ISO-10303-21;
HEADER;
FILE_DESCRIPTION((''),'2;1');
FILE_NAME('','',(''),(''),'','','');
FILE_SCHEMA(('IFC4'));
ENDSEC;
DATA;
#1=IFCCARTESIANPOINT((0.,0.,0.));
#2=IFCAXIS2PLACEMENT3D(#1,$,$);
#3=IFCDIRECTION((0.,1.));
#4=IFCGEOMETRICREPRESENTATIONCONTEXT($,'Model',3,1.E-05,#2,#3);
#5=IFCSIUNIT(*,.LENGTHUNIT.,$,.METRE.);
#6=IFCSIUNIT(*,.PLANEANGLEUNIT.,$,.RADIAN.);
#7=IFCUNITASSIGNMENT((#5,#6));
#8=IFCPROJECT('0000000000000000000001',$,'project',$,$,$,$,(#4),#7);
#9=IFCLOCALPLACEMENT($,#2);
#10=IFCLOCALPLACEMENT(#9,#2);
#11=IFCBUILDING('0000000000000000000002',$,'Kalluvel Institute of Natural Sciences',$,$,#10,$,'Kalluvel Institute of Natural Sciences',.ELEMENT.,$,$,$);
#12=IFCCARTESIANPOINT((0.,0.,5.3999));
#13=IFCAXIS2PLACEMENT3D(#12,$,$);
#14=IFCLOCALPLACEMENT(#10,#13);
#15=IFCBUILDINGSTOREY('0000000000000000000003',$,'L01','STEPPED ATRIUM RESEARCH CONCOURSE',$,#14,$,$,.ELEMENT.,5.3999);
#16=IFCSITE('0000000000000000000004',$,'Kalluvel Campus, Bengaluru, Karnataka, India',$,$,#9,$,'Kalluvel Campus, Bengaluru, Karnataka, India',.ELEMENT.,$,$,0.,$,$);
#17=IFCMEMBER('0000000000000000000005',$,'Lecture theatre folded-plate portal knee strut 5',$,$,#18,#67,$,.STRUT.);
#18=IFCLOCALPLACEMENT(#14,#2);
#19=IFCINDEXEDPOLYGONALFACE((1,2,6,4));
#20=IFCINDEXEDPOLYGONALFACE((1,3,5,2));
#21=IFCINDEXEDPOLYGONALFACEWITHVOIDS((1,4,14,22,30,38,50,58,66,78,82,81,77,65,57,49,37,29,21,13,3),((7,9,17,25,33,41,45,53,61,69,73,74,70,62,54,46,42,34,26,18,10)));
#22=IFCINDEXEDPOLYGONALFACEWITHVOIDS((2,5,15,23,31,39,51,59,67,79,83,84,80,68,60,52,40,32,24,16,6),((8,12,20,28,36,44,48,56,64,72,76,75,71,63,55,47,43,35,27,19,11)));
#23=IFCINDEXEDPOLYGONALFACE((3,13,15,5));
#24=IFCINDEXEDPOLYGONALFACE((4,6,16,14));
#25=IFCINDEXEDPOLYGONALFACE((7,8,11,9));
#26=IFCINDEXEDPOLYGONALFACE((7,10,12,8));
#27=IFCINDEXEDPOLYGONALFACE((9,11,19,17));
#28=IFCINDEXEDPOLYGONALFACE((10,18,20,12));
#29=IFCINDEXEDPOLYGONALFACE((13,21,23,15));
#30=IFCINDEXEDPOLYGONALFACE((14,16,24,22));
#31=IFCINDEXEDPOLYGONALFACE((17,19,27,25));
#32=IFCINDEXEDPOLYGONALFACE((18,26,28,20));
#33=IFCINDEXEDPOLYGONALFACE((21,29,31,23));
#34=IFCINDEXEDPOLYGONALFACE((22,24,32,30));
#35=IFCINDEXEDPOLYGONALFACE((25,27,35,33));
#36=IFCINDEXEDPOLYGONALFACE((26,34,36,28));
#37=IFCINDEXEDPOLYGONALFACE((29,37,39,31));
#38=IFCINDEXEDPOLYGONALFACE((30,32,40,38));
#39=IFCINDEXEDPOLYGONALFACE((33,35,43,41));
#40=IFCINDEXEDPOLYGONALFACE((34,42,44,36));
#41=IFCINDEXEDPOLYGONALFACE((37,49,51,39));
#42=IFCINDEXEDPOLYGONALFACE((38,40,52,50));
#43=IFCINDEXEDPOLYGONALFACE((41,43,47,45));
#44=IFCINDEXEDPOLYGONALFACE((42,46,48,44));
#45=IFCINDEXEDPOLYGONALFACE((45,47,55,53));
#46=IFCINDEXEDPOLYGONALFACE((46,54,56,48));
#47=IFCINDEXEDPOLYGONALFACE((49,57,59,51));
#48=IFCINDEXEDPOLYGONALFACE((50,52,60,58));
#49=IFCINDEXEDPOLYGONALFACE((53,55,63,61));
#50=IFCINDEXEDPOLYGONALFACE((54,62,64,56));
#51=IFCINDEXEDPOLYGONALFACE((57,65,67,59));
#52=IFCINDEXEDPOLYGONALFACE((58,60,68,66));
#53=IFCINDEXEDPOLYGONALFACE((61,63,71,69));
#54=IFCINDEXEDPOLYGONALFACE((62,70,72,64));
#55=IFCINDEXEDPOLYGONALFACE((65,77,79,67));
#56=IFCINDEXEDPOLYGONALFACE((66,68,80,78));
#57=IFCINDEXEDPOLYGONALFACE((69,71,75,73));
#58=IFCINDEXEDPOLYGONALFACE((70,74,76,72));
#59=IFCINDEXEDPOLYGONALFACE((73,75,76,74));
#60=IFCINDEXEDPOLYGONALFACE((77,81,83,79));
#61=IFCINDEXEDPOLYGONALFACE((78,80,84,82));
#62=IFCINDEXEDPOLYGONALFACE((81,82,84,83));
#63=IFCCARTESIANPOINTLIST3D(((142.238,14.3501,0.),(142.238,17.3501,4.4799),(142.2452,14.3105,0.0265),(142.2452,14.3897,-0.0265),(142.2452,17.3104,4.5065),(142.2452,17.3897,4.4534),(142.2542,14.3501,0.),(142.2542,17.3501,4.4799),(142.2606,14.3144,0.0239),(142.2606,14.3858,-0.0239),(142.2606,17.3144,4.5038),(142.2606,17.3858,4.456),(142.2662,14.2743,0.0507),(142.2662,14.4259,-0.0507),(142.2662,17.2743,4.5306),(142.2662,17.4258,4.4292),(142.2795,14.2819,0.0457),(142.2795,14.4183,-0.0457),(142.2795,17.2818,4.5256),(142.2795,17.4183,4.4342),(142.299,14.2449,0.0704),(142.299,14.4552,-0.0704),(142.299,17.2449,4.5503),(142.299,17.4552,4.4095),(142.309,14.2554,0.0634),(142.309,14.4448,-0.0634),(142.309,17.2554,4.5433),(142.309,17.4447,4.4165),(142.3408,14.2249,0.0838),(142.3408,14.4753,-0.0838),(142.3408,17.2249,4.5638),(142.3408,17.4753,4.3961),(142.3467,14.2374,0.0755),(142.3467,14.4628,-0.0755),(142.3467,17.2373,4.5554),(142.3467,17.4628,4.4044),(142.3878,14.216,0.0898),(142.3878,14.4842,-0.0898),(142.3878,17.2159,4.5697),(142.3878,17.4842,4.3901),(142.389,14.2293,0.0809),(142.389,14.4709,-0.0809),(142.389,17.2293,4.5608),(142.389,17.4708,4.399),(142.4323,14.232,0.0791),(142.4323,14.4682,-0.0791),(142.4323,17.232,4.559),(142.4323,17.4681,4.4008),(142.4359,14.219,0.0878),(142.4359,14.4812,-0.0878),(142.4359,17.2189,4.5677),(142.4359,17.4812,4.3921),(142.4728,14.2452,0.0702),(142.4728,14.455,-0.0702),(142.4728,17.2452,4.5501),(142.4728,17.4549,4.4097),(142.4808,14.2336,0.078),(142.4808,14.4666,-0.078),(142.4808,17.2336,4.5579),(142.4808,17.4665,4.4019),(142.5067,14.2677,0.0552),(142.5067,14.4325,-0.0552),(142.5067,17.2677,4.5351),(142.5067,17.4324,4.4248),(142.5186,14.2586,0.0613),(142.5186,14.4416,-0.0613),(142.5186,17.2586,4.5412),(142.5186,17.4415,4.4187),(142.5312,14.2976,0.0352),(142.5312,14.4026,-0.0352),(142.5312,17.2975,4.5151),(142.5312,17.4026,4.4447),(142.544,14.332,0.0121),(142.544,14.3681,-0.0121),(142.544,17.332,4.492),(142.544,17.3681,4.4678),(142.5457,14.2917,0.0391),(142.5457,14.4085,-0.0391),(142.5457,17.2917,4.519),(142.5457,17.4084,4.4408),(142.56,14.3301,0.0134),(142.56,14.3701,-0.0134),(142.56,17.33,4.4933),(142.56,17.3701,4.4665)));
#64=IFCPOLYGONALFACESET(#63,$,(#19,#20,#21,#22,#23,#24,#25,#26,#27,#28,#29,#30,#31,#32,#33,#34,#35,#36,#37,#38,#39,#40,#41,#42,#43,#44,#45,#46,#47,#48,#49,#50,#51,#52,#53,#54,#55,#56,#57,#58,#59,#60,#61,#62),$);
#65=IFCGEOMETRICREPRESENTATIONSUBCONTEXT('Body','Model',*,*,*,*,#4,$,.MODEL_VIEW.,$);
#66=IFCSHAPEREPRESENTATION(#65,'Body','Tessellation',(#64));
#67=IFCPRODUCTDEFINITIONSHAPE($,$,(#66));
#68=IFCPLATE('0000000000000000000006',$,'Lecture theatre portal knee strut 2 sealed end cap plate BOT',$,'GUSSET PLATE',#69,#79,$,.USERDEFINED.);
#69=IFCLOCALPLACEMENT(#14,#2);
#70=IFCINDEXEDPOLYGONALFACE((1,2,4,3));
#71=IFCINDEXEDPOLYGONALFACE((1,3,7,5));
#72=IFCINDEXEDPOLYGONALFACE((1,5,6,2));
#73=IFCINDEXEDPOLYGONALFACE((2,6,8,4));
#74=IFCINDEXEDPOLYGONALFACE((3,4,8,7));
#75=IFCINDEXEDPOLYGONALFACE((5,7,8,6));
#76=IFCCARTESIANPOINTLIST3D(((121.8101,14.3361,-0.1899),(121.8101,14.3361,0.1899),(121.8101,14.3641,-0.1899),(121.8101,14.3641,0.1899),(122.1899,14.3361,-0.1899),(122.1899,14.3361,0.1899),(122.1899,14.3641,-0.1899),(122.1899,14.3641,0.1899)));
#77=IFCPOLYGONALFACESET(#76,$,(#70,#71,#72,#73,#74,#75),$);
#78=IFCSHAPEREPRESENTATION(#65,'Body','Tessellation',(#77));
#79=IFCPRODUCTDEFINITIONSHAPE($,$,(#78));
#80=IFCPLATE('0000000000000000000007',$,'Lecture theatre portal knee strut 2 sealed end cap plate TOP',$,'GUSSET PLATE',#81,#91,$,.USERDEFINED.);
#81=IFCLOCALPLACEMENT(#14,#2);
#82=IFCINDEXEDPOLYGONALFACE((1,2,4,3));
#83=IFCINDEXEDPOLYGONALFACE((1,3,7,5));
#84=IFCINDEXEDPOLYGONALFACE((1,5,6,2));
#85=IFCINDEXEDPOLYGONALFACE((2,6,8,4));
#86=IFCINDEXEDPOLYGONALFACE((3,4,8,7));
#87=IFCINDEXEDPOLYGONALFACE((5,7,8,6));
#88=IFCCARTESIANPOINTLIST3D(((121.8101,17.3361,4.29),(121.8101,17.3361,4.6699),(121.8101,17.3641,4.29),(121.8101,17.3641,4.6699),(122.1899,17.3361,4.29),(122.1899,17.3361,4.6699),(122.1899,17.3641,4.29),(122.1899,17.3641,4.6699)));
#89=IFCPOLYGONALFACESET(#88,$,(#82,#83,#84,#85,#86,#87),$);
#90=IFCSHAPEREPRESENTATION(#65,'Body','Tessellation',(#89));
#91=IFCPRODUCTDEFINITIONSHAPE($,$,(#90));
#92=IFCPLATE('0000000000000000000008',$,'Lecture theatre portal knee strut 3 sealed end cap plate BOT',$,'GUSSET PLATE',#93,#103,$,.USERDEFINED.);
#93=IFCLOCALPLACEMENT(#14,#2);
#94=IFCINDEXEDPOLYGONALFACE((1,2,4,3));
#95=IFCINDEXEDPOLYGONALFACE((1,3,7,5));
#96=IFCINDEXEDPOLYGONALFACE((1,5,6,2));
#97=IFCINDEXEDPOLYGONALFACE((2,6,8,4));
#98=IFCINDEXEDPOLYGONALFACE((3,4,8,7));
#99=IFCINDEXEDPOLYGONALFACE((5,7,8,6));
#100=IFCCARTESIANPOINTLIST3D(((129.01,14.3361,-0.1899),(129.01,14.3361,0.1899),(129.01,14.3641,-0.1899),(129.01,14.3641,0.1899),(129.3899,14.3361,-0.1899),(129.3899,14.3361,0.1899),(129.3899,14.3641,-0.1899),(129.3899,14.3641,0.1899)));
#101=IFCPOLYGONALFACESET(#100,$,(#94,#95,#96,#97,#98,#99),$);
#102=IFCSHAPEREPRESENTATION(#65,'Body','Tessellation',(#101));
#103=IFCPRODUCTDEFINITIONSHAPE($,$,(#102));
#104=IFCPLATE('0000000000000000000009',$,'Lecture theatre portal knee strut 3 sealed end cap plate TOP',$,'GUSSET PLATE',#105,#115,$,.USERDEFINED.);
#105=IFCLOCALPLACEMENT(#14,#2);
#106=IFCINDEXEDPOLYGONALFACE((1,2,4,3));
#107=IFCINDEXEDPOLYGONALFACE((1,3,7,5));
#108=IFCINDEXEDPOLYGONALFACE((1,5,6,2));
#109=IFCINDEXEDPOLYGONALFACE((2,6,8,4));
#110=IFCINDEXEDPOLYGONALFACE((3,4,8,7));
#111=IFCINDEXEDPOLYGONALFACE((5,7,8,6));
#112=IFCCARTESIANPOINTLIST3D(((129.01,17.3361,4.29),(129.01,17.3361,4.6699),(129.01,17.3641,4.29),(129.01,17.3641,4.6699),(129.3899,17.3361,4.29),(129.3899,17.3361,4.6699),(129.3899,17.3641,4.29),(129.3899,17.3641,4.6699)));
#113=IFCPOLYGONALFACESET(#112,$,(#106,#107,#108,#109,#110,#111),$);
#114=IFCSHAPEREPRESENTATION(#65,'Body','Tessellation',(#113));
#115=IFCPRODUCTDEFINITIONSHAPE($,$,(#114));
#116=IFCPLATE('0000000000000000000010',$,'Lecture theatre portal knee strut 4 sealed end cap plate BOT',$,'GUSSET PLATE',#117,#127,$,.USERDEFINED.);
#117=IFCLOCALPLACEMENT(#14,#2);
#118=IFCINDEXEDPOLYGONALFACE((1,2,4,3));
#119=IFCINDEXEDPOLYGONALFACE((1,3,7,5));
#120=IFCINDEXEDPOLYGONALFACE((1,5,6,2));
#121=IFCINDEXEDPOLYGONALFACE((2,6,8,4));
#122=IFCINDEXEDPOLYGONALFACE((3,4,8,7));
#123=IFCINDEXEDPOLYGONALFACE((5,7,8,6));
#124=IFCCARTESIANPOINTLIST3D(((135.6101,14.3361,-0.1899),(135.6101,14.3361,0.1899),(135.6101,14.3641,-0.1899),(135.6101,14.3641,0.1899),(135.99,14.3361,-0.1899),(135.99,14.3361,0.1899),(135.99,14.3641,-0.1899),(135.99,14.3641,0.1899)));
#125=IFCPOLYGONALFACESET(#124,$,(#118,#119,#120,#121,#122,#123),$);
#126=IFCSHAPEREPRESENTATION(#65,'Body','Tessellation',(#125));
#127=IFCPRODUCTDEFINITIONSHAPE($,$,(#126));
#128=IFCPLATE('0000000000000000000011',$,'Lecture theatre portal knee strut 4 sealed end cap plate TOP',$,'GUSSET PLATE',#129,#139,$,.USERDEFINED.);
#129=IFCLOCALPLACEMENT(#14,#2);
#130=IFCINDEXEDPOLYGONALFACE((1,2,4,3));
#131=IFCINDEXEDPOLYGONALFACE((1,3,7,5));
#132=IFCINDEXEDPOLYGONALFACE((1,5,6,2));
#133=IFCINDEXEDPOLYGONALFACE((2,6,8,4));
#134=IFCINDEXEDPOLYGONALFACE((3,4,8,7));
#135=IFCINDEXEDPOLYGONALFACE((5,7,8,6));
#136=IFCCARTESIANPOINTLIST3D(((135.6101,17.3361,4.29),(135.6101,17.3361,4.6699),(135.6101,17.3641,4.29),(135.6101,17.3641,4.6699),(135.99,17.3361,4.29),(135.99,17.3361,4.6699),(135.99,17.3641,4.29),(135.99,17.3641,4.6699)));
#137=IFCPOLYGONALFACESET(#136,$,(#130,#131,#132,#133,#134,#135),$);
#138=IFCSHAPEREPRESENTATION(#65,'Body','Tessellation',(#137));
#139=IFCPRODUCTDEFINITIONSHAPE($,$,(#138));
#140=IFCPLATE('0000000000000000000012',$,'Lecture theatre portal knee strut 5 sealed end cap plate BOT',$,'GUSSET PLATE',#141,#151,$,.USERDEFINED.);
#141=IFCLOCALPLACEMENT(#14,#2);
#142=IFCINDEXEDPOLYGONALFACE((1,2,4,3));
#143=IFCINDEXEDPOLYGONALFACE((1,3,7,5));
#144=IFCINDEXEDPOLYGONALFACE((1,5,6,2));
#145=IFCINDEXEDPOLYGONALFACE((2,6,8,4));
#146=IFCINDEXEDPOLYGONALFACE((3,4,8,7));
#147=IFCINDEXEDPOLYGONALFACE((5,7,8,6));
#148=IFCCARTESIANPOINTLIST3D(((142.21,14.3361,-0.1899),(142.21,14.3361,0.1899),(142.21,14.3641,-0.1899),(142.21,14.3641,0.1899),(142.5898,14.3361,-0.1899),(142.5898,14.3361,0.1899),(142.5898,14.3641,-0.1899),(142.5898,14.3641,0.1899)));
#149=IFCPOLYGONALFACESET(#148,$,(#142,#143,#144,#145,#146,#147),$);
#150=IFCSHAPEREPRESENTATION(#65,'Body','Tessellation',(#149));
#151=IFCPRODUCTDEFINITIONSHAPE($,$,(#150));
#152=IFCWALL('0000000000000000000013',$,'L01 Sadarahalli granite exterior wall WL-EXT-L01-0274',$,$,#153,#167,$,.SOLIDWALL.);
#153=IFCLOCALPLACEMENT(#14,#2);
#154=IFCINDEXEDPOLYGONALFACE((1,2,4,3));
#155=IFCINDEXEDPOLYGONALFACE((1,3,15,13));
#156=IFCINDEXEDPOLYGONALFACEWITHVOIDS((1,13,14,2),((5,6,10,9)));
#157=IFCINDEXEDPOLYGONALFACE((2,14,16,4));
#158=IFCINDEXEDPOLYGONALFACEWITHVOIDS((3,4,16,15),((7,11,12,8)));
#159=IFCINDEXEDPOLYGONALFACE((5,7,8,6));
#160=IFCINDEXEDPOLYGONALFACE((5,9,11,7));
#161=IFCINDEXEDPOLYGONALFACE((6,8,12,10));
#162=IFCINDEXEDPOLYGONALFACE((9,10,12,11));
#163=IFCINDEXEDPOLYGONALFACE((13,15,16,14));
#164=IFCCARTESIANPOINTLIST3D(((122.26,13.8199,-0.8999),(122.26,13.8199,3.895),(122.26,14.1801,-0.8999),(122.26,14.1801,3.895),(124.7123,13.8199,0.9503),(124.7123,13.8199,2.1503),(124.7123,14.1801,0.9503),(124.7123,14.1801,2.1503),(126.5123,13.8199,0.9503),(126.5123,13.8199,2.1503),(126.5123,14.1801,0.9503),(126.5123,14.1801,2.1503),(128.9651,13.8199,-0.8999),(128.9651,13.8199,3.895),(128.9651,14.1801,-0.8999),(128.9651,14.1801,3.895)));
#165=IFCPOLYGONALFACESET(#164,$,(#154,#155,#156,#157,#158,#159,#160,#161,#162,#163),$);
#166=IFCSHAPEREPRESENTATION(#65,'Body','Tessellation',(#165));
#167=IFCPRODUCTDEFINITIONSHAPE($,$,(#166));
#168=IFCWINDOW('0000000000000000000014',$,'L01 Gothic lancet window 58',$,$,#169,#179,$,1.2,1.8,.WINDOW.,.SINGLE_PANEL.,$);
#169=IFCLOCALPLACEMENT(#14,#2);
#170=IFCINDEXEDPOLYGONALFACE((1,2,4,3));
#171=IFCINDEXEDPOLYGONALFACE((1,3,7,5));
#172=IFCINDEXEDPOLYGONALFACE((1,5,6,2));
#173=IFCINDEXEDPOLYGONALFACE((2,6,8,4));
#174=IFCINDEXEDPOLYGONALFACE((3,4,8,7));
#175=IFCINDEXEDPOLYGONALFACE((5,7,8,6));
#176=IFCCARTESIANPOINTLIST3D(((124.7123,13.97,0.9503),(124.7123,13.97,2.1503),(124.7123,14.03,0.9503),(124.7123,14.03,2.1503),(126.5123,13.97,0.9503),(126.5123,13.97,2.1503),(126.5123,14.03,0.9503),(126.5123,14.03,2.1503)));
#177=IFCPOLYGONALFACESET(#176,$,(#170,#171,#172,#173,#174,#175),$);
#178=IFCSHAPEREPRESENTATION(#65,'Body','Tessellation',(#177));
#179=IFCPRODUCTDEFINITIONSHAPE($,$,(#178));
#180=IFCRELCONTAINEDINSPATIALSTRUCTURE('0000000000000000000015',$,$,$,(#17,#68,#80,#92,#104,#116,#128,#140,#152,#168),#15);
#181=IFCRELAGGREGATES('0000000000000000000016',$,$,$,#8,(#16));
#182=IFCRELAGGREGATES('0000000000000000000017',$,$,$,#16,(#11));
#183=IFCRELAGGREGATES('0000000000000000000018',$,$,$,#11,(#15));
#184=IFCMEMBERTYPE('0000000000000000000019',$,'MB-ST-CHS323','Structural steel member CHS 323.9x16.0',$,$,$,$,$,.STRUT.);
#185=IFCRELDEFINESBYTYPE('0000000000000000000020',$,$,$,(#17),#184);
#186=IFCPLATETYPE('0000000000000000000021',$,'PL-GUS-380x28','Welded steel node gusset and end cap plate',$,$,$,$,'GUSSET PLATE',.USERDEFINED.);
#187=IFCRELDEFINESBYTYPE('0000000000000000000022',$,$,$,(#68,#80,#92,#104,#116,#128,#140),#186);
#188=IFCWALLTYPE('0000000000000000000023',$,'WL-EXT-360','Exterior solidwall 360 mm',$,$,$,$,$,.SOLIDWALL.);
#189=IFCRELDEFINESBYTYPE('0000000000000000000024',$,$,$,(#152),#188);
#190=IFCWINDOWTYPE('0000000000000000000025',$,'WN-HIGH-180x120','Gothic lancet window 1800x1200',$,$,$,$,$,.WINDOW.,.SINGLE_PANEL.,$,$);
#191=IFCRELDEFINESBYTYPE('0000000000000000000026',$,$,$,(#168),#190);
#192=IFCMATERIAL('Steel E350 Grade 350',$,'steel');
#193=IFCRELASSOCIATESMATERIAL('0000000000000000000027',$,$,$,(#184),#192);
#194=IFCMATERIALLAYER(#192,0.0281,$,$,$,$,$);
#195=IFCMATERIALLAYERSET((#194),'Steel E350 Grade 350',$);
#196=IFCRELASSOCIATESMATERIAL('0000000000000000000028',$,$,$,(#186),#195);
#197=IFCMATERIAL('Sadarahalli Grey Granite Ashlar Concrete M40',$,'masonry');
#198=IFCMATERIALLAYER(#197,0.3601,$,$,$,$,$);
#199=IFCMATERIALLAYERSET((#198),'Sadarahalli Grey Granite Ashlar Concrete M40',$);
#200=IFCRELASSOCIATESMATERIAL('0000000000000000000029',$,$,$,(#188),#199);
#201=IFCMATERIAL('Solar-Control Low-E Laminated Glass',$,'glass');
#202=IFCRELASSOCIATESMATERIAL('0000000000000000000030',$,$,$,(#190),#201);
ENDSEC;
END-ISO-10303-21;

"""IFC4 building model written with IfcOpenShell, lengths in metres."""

from ifc_helpers import new_model, si_unit, direction, frame, frame_2d, origin, origin_2d, place, context, subcontext, project, spatial, rectangle, hollow_circle, extrude, material, layer, layer_set, material_profile, profile_set, type_object, element, fill, save


model = new_model("IFC4")

# Units and contexts
model_context = context("Model", 3, precision=1e-05, world=origin(), true_north=direction((0.0, 1.0)))
body_context = subcontext(model_context, "Body", "Model", "MODEL_VIEW")
ifc_project = project(units=[si_unit("LENGTHUNIT", "METRE"), si_unit("PLANEANGLEUNIT", "RADIAN")], contexts=[model_context])

# Site, building, storey
site_placement = place(None, origin())
site = spatial("IfcSite", under=ifc_project, at=site_placement, Name="Kalluvel Campus, Bengaluru, Karnataka, India", LongName="Kalluvel Campus, Bengaluru, Karnataka, India", CompositionType="ELEMENT", RefElevation=0.0)
building_placement = place(site_placement, origin())
building = spatial("IfcBuilding", under=site, at=building_placement, Name="Kalluvel Institute of Natural Sciences", LongName="Kalluvel Institute of Natural Sciences", CompositionType="ELEMENT")
storey_placement = place(building_placement, frame((0.0, 0.0, 5.3999)))
storey = spatial("IfcBuildingStorey", under=building, at=storey_placement, Name="L01", Description="STEPPED ATRIUM RESEARCH CONCOURSE", CompositionType="ELEMENT", Elevation=5.3999)

# Member
ifc_material_1 = material(Name="Steel E350 Grade 350", Category="steel")
ifc_material_profile_1 = material_profile(ifc_material_1, hollow_circle(Radius=0.1619, WallThickness=0.0161, at=origin_2d()), Name="CHS 323.9x16.0")
ifc_profile_set_1 = profile_set([ifc_material_profile_1], Name="Steel E350 Grade 350")
member_type_1 = type_object("IfcMemberType", Name="MB-ST-CHS323", Description="Structural steel member CHS 323.9x16.0", PredefinedType="STRUT", material=ifc_profile_set_1)
member_placement = place(storey_placement, frame((142.3999, 14.3501, 0.0), z_axis=(0.0, 0.556413, 0.830906), x_axis=(-1.0, 0.0, 0.0)))
element("IfcMember", 1, at=member_placement, inside=storey, type_object=member_type_1, Name="Lecture theatre folded-plate portal knee strut 5", PredefinedType="STRUT", context=body_context, shape_type="SweptSolid", body=[
    extrude(hollow_circle(Radius=0.1619, WallThickness=0.0161, at=origin_2d()), origin(), (0.0, 0.0, 1.0), 5.3916),
])

# Plates
ifc_layer_1 = layer(ifc_material_1, 0.0281)
ifc_layer_set_1 = layer_set([ifc_layer_1], Name="Steel E350 Grade 350")
plate_type = type_object("IfcPlateType", Name="PL-GUS-380x28", Description="Welded steel node gusset and end cap plate", ElementType="GUSSET PLATE", PredefinedType="USERDEFINED", material=ifc_layer_set_1)
for number, where, z_axis, x_axis, name in (
    (2, (122.0, 14.3501, -0.1899), (0.0, 0.0, 1.0), (1.0, 0.0, 0.0), "Lecture theatre portal knee strut 2 sealed end cap plate BOT"),
    (3, (122.0, 17.3501, 4.29), (0.0, 0.0, 1.0), (1.0, 0.0, 0.0), "Lecture theatre portal knee strut 2 sealed end cap plate TOP"),
    (4, (129.2, 14.3501, -0.1899), (0.0, 0.0, 1.0), (1.0, 0.0, 0.0), "Lecture theatre portal knee strut 3 sealed end cap plate BOT"),
    (5, (129.2, 17.3501, 4.29), (0.0, 0.0, 1.0), (1.0, 0.0, 0.0), "Lecture theatre portal knee strut 3 sealed end cap plate TOP"),
    (6, (135.8, 14.3501, -0.1899), (0.0, 0.0, 1.0), (1.0, 0.0, 0.0), "Lecture theatre portal knee strut 4 sealed end cap plate BOT"),
    (7, (135.8, 17.3501, 4.29), (0.0, 0.0, 1.0), (1.0, 0.0, 0.0), "Lecture theatre portal knee strut 4 sealed end cap plate TOP"),
    (8, (142.3999, 14.3501, -0.1899), (0.0, 0.0, 1.0), (1.0, 0.0, 0.0), "Lecture theatre portal knee strut 5 sealed end cap plate BOT"),
):
    element("IfcPlate", number, at=place(storey_placement, frame(where, z_axis=z_axis, x_axis=x_axis)), inside=storey, type_object=plate_type, Name=name, ObjectType="GUSSET PLATE", PredefinedType="USERDEFINED", context=body_context, shape_type="SweptSolid", body=[
        extrude(rectangle(XDim=0.3799, YDim=0.0281, at=origin_2d()), origin(), (0.0, 0.0, 1.0), 0.3799),
    ])

# Wall, opening, window
ifc_material_2 = material(Name="Sadarahalli Grey Granite Ashlar Concrete M40", Category="masonry")
ifc_layer_2 = layer(ifc_material_2, 0.3601)
ifc_layer_set_2 = layer_set([ifc_layer_2], Name="Sadarahalli Grey Granite Ashlar Concrete M40")
wall_type = type_object("IfcWallType", Name="WL-EXT-360", Description="Exterior solidwall 360 mm", PredefinedType="SOLIDWALL", material=ifc_layer_set_2)
wall_1_placement = place(storey_placement, frame((122.26, 14.0, -0.8999), z_axis=(0.0, 0.0, 1.0), x_axis=(1.0, 0.0, 0.0)))
wall_1 = element("IfcWall", 9, at=wall_1_placement, inside=storey, type_object=wall_type, Name="L01 Sadarahalli granite exterior wall WL-EXT-L01-0274", PredefinedType="SOLIDWALL", context=body_context, shape_type="SweptSolid", body=[
    extrude(rectangle(XDim=6.7051, YDim=0.3601, at=frame_2d((3.3525, 0.0))), origin(), (0.0, 0.0, 1.0), 4.7949),
])
opening_1_placement = place(wall_1_placement, frame((2.4524, 0.0, 1.8501)))
opening_1 = element("IfcOpeningElement", 10, at=opening_1_placement, cuts=wall_1, PredefinedType="OPENING", context=body_context, shape_type="SweptSolid", body=[
    extrude(rectangle(XDim=1.8, YDim=1.2, at=frame_2d((0.8999, 0.6001))), frame((0.0, 0.1899, 0.0), z_axis=(0.0, -1.0, 0.0), x_axis=(1.0, 0.0, 0.0)), (0.0, 0.0, 1.0), 0.3801),
])
ifc_material_3 = material(Name="Solar-Control Low-E Laminated Glass", Category="glass")
window_type = type_object("IfcWindowType", Name="WN-HIGH-180x120", Description="Gothic lancet window 1800x1200", PartitioningType="SINGLE_PANEL", PredefinedType="WINDOW", material=ifc_material_3)
window_1_placement = place(opening_1_placement, origin())
window_1 = element("IfcWindow", 11, at=window_1_placement, inside=storey, type_object=window_type, Name="L01 Gothic lancet window 58", OverallHeight=1.2, OverallWidth=1.8, PartitioningType="SINGLE_PANEL", PredefinedType="WINDOW", context=body_context, shape_type="SweptSolid", body=[
    extrude(rectangle(XDim=1.8, YDim=1.2, at=frame_2d((0.8999, 0.6001))), frame((0.0, 0.03, 0.0), z_axis=(0.0, -1.0, 0.0), x_axis=(1.0, 0.0, 0.0)), (0.0, 0.0, 1.0), 0.0601),
])
fill(opening_1, window_1)

save(model, "model.ifc")
